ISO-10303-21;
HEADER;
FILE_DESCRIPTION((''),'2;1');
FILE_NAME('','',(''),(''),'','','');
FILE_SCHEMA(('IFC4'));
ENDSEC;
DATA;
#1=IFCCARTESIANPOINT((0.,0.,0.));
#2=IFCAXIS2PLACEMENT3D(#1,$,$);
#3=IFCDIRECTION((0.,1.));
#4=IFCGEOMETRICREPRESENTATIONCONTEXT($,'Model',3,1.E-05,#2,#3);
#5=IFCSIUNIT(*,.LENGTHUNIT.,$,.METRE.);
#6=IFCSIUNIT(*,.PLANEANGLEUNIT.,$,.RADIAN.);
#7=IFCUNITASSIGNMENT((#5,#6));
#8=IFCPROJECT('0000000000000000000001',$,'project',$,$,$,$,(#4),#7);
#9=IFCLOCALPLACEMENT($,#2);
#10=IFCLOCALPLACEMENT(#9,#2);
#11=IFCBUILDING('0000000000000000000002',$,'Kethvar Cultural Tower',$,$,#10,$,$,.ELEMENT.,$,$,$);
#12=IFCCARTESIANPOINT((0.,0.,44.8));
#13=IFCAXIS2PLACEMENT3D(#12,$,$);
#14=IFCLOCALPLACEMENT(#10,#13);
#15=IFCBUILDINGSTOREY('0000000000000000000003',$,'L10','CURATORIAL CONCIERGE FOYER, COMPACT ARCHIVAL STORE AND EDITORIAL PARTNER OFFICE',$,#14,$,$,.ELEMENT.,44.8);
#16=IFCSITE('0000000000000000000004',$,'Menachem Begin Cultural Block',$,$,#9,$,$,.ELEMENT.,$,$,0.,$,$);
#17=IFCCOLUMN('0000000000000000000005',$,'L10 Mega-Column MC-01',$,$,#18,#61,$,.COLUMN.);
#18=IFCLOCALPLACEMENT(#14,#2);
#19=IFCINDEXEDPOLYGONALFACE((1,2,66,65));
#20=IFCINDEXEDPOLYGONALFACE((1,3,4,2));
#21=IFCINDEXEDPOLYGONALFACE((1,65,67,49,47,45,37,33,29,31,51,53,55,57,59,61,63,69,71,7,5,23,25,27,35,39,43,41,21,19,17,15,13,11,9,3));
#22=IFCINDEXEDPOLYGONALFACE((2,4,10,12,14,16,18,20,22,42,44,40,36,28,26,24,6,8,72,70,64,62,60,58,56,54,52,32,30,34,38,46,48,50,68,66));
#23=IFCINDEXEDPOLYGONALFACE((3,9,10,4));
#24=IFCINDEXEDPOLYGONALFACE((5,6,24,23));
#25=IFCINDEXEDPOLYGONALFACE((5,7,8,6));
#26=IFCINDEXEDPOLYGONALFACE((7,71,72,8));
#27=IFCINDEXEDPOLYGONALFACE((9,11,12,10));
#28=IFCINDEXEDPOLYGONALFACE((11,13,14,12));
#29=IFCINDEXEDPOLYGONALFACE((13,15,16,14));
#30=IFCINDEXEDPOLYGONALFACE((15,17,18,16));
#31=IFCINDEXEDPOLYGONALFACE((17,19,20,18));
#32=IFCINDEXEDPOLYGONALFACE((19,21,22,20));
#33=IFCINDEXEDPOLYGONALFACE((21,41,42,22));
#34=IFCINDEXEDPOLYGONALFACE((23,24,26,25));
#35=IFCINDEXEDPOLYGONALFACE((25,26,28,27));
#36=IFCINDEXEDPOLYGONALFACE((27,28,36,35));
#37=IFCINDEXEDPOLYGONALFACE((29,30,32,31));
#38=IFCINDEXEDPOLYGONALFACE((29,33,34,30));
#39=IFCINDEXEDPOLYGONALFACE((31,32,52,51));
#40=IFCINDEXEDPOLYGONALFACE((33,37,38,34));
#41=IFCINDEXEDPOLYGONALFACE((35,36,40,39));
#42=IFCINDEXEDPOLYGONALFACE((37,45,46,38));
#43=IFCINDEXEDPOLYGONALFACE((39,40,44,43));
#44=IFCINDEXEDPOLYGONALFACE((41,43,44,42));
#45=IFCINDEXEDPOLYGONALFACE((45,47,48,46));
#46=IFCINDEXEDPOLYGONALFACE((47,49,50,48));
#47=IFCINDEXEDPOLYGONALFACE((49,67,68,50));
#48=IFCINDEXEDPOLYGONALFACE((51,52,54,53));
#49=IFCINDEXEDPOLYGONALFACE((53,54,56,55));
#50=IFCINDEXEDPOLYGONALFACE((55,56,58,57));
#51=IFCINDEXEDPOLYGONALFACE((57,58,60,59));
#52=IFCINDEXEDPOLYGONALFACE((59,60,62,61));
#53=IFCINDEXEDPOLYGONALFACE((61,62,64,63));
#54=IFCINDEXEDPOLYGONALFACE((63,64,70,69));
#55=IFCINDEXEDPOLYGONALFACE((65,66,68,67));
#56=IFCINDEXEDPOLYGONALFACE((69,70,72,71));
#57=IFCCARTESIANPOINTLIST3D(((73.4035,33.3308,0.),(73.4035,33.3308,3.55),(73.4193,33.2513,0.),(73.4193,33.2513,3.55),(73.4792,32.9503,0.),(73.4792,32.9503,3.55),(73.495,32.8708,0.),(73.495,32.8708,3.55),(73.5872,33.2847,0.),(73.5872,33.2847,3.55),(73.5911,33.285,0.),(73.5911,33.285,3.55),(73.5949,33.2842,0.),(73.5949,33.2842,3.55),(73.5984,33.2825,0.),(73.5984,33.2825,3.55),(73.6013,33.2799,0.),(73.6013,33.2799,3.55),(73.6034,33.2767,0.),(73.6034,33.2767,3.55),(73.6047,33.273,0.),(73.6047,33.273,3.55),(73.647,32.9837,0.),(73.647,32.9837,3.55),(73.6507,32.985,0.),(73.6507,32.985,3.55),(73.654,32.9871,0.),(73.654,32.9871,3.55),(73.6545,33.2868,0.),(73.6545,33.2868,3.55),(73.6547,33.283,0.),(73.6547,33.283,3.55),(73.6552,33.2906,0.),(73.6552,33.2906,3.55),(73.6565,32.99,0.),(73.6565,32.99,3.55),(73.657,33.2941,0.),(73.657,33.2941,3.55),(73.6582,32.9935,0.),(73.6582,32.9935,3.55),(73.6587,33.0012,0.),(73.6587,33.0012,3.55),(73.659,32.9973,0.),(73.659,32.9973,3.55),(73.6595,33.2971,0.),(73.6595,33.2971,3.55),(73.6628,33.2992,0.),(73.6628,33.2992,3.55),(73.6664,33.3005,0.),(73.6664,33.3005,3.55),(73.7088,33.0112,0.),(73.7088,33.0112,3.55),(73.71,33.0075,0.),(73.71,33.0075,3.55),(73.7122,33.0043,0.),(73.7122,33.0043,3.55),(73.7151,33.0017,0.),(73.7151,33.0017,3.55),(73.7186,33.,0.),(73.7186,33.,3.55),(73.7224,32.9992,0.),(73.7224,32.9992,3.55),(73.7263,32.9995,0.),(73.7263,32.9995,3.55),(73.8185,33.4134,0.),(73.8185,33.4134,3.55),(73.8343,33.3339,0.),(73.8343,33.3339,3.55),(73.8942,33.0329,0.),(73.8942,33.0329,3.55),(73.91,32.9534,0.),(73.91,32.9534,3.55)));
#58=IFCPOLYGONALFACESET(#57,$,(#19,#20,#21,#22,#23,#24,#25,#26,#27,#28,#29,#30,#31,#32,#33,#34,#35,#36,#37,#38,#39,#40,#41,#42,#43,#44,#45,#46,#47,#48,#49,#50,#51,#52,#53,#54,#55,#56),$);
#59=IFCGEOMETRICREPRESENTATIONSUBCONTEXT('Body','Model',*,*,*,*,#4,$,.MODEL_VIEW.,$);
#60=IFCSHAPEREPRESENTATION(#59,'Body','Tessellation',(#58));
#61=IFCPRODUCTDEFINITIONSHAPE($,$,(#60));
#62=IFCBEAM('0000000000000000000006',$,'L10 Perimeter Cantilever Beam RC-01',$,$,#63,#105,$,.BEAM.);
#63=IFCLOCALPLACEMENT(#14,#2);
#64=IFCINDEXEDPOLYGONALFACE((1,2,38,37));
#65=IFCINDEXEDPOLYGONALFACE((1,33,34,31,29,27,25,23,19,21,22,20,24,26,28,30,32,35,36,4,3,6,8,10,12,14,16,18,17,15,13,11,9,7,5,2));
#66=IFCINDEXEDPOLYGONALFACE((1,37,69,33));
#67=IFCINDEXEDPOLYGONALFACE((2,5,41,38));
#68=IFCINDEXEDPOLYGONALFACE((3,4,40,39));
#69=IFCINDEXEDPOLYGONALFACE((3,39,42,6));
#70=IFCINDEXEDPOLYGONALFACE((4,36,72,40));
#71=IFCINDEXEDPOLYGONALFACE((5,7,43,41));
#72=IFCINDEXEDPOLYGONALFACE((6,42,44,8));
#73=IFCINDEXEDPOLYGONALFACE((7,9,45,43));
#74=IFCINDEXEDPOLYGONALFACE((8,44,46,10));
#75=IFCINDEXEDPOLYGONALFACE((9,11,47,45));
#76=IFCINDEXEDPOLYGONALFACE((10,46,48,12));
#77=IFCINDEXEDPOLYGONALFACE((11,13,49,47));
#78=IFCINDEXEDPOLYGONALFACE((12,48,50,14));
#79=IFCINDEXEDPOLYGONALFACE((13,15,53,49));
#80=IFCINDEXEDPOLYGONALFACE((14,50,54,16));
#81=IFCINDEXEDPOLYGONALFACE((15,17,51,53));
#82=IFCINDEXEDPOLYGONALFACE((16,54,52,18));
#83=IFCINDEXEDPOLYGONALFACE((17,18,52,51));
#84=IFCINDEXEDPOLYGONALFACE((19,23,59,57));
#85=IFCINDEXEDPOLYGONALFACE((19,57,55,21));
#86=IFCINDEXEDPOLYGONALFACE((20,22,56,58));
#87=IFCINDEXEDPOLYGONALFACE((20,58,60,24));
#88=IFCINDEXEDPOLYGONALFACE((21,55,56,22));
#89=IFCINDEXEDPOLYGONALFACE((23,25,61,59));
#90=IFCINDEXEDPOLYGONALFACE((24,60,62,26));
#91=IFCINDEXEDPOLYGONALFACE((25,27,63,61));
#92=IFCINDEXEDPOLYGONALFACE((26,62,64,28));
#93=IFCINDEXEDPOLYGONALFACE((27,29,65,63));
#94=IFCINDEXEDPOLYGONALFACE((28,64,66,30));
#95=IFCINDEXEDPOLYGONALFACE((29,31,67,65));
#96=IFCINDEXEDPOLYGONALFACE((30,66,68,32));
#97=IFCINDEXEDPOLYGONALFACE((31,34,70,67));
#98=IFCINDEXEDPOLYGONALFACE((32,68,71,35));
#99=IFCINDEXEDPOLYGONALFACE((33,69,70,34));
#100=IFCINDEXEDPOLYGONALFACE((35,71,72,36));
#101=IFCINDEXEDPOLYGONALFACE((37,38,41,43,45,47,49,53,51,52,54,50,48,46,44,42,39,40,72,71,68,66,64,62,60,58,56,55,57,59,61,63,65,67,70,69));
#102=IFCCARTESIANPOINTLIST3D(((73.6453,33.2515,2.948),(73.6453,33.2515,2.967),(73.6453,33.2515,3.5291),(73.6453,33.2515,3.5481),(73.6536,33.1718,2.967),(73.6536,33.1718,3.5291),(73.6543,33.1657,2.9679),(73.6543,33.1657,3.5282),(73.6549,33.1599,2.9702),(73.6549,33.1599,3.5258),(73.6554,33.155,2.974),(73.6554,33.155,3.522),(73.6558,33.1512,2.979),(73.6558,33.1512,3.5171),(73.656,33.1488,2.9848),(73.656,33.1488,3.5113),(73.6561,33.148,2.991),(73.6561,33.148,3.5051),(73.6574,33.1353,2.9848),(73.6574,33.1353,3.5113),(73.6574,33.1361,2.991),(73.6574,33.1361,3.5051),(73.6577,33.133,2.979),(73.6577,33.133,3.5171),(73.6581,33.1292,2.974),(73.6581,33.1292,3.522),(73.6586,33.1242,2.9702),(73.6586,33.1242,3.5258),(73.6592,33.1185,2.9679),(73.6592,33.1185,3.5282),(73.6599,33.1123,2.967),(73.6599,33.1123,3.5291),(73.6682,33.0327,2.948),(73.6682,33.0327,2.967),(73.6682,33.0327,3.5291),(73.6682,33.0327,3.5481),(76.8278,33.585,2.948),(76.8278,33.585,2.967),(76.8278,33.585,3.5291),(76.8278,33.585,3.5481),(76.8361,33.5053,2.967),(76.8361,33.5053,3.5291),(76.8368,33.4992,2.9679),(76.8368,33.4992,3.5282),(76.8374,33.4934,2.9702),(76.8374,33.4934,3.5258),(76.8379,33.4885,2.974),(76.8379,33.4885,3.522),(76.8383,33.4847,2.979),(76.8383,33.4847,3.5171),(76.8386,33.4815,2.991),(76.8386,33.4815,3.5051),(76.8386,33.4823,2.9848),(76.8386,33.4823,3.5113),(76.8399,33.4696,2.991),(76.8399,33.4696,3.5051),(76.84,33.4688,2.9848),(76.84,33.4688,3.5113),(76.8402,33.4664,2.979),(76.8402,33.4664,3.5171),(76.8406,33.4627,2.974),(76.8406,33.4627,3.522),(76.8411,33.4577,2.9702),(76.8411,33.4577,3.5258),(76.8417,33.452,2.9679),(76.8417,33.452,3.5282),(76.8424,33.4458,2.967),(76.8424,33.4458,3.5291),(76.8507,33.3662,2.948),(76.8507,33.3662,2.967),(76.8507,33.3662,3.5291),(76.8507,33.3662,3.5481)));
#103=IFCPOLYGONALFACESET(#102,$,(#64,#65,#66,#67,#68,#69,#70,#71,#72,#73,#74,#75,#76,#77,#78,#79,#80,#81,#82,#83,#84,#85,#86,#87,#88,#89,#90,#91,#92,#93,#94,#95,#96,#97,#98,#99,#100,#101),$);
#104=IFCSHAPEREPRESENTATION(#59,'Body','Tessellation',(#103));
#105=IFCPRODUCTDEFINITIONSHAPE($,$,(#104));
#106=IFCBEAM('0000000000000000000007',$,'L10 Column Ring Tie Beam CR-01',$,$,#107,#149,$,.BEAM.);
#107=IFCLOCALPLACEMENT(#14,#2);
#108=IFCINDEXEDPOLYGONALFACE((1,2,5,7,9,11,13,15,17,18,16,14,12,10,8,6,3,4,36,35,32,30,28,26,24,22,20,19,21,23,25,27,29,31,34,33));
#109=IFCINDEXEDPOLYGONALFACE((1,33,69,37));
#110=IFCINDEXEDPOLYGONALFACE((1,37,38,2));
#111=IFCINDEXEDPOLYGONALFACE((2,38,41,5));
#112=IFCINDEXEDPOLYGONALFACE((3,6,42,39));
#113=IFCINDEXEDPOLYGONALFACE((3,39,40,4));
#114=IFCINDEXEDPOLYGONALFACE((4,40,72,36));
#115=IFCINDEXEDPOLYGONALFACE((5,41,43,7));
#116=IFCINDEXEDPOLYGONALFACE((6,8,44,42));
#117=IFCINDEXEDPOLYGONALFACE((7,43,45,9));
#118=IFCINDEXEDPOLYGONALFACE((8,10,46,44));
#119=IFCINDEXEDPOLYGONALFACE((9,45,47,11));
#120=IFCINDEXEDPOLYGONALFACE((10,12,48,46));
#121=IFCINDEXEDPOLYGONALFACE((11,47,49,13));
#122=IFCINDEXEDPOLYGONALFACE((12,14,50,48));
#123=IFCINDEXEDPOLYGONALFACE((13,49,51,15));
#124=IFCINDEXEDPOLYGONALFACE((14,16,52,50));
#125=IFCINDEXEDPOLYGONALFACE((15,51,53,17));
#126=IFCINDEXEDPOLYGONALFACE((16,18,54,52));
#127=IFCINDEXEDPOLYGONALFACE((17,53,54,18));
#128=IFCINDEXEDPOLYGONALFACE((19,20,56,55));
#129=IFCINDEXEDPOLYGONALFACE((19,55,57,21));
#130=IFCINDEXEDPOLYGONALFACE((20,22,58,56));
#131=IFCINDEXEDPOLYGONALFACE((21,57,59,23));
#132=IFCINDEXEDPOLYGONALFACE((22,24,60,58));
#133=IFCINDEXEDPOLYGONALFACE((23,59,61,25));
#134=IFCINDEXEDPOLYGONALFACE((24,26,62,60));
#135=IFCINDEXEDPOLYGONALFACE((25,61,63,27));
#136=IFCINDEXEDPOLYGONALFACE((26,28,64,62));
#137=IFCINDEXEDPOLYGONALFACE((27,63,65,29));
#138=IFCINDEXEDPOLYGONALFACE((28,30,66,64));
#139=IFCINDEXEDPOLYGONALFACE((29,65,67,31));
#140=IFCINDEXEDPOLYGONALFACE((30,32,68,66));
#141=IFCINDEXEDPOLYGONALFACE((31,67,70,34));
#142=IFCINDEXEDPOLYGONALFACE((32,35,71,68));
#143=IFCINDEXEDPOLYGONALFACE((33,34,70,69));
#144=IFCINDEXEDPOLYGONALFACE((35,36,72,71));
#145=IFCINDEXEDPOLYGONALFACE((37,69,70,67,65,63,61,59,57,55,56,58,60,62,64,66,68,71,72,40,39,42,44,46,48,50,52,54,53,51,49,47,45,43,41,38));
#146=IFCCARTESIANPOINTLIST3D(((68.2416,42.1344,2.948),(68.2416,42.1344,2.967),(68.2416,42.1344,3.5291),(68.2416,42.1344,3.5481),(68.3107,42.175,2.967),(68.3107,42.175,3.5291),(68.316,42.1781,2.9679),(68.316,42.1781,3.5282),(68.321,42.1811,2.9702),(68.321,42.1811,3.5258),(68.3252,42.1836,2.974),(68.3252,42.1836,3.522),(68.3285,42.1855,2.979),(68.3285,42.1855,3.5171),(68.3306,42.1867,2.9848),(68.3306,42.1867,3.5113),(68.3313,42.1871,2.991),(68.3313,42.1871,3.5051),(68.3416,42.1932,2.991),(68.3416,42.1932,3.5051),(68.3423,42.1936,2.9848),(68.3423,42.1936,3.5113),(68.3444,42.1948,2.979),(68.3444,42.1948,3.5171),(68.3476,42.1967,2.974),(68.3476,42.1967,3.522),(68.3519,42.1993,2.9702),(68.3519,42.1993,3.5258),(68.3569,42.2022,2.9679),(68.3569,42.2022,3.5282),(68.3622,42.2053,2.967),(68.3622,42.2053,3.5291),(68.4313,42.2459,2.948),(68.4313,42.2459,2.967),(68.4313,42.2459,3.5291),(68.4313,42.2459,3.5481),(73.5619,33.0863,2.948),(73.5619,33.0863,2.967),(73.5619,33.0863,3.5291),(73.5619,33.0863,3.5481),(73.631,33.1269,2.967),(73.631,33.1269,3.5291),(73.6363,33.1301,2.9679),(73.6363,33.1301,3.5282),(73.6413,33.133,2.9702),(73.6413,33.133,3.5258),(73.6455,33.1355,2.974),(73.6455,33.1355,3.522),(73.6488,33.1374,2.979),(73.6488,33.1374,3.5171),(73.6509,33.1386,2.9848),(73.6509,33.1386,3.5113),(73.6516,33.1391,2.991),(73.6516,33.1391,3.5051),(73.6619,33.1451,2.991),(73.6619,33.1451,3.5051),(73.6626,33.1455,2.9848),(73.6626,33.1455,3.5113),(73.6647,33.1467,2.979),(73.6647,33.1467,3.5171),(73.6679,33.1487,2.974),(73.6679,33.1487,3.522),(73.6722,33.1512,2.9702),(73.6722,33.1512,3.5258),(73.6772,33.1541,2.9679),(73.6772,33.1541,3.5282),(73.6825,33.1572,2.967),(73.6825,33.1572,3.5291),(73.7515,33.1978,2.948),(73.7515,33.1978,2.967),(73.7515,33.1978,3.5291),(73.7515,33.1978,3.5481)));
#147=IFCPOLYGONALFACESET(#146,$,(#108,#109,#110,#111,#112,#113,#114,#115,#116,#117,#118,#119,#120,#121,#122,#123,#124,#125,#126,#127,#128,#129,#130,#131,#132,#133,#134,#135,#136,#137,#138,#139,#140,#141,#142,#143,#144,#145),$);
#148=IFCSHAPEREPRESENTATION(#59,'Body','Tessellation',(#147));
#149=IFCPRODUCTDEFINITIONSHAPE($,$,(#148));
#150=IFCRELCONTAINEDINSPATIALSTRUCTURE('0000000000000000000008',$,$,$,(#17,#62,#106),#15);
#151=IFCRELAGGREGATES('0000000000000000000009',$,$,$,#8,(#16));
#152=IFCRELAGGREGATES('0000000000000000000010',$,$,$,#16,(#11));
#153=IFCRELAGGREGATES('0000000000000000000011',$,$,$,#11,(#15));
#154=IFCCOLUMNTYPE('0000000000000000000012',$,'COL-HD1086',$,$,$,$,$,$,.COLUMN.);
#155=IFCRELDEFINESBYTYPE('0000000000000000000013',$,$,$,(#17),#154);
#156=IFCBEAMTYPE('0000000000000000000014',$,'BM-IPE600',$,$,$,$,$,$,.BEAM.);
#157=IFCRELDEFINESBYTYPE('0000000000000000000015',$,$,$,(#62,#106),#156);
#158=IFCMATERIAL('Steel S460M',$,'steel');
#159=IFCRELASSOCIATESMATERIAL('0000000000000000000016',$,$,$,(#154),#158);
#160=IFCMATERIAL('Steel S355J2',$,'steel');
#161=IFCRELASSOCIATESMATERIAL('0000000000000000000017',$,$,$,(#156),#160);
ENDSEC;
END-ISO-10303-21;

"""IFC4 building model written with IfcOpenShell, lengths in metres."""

from ifc_helpers import new_model, si_unit, direction, frame, origin, origin_2d, place, context, subcontext, project, spatial, i_section, extrude, source, transform, mapped, material, material_profile, profile_set, type_object, element, save


model = new_model("IFC4")

# Units and contexts
model_context = context("Model", 3, precision=1e-05, world=origin(), true_north=direction((0.0, 1.0)))
body_context = subcontext(model_context, "Body", "Model", "MODEL_VIEW")
ifc_project = project(units=[si_unit("LENGTHUNIT", "METRE"), si_unit("PLANEANGLEUNIT", "RADIAN")], contexts=[model_context])

# Site, building, storey
site_placement = place(None, origin())
site = spatial("IfcSite", under=ifc_project, at=site_placement, Name="Menachem Begin Cultural Block", CompositionType="ELEMENT", RefElevation=0.0)
building_placement = place(site_placement, origin())
building = spatial("IfcBuilding", under=site, at=building_placement, Name="Kethvar Cultural Tower", CompositionType="ELEMENT")
storey_placement = place(building_placement, frame((0.0, 0.0, 44.8)))
storey = spatial("IfcBuildingStorey", under=building, at=storey_placement, Name="L10", Description="CURATORIAL CONCIERGE FOYER, COMPACT ARCHIVAL STORE AND EDITORIAL PARTNER OFFICE", CompositionType="ELEMENT", Elevation=44.8)

# Column
ifc_material_1 = material(Name="Steel S460M", Category="steel")
ifc_material_profile_1 = material_profile(ifc_material_1, i_section(OverallWidth=0.4231, OverallDepth=0.469, WebThickness=0.051, FlangeThickness=0.0811, FilletRadius=0.0149, at=origin_2d()), Name="Steel S460M — HD400x1086")
ifc_profile_set_1 = profile_set([ifc_material_profile_1], Name="Steel S460M — HD400x1086")
column_type = type_object("IfcColumnType", Name="COL-HD1086", PredefinedType="COLUMN", material=ifc_profile_set_1)
shared_shape_1 = source(origin(), body_context, "Body", "SweptSolid", [
    extrude(i_section(OverallWidth=0.4231, OverallDepth=0.469, WebThickness=0.051, FlangeThickness=0.0811, FilletRadius=0.0149, at=origin_2d()), origin(), (0.0, 0.0, 1.0), 3.55),
])
column_placement = place(storey_placement, frame((73.6567, 33.1421, 0.0), z_axis=(0.0, 0.0, 1.0), x_axis=(0.980785, 0.19509, 0.0)))
element("IfcColumn", 1, at=column_placement, inside=storey, type_object=column_type, Name="L10 Mega-Column MC-01", PredefinedType="COLUMN", context=body_context, shape_type="MappedRepresentation", body=[
    mapped(shared_shape_1, transform((0.0, 0.0, 0.0), scale=1.0)),
])

# Beams
ifc_material_2 = material(Name="Steel S355J2", Category="steel")
ifc_material_profile_2 = material_profile(ifc_material_2, i_section(OverallWidth=0.22, OverallDepth=0.6001, WebThickness=0.012, FlangeThickness=0.019, FilletRadius=0.0239, at=origin_2d()), Name="Steel S355J2 — IPE600")
ifc_profile_set_2 = profile_set([ifc_material_profile_2], Name="Steel S355J2 — IPE600")
beam_type_1 = type_object("IfcBeamType", Name="BM-IPE600", PredefinedType="BEAM", material=ifc_profile_set_2)
shared_shape_2 = source(origin(), body_context, "Body", "SweptSolid", [
    extrude(i_section(OverallWidth=0.22, OverallDepth=0.6001, WebThickness=0.012, FlangeThickness=0.019, FilletRadius=0.0239, at=origin_2d()), origin(), (0.0, 0.0, 1.0), 3.2),
])
beam_1_placement = place(storey_placement, frame((73.6567, 33.1421, 3.248), z_axis=(0.994555, 0.104216, 0.0), x_axis=(-0.104216, 0.994555, 0.0)))
element("IfcBeam", 2, at=beam_1_placement, inside=storey, type_object=beam_type_1, Name="L10 Perimeter Cantilever Beam RC-01", PredefinedType="BEAM", context=body_context, shape_type="MappedRepresentation", body=[
    mapped(shared_shape_2, transform((0.0, 0.0, 0.0), scale=1.0)),
])
shared_shape_3 = source(origin(), body_context, "Body", "SweptSolid", [
    extrude(i_section(OverallWidth=0.22, OverallDepth=0.6001, WebThickness=0.012, FlangeThickness=0.019, FilletRadius=0.0239, at=origin_2d()), origin(), (0.0, 0.0, 1.0), 10.4963),
])
beam_2_placement = place(storey_placement, frame((73.6567, 33.1421, 3.248), z_axis=(-0.506872, 0.862022, 0.0), x_axis=(-0.862022, -0.506872, 0.0)))
element("IfcBeam", 3, at=beam_2_placement, inside=storey, type_object=beam_type_1, Name="L10 Column Ring Tie Beam CR-01", PredefinedType="BEAM", context=body_context, shape_type="MappedRepresentation", body=[
    mapped(shared_shape_3, transform((0.0, 0.0, 0.0), scale=1.0)),
])

save(model, "model.ifc")
